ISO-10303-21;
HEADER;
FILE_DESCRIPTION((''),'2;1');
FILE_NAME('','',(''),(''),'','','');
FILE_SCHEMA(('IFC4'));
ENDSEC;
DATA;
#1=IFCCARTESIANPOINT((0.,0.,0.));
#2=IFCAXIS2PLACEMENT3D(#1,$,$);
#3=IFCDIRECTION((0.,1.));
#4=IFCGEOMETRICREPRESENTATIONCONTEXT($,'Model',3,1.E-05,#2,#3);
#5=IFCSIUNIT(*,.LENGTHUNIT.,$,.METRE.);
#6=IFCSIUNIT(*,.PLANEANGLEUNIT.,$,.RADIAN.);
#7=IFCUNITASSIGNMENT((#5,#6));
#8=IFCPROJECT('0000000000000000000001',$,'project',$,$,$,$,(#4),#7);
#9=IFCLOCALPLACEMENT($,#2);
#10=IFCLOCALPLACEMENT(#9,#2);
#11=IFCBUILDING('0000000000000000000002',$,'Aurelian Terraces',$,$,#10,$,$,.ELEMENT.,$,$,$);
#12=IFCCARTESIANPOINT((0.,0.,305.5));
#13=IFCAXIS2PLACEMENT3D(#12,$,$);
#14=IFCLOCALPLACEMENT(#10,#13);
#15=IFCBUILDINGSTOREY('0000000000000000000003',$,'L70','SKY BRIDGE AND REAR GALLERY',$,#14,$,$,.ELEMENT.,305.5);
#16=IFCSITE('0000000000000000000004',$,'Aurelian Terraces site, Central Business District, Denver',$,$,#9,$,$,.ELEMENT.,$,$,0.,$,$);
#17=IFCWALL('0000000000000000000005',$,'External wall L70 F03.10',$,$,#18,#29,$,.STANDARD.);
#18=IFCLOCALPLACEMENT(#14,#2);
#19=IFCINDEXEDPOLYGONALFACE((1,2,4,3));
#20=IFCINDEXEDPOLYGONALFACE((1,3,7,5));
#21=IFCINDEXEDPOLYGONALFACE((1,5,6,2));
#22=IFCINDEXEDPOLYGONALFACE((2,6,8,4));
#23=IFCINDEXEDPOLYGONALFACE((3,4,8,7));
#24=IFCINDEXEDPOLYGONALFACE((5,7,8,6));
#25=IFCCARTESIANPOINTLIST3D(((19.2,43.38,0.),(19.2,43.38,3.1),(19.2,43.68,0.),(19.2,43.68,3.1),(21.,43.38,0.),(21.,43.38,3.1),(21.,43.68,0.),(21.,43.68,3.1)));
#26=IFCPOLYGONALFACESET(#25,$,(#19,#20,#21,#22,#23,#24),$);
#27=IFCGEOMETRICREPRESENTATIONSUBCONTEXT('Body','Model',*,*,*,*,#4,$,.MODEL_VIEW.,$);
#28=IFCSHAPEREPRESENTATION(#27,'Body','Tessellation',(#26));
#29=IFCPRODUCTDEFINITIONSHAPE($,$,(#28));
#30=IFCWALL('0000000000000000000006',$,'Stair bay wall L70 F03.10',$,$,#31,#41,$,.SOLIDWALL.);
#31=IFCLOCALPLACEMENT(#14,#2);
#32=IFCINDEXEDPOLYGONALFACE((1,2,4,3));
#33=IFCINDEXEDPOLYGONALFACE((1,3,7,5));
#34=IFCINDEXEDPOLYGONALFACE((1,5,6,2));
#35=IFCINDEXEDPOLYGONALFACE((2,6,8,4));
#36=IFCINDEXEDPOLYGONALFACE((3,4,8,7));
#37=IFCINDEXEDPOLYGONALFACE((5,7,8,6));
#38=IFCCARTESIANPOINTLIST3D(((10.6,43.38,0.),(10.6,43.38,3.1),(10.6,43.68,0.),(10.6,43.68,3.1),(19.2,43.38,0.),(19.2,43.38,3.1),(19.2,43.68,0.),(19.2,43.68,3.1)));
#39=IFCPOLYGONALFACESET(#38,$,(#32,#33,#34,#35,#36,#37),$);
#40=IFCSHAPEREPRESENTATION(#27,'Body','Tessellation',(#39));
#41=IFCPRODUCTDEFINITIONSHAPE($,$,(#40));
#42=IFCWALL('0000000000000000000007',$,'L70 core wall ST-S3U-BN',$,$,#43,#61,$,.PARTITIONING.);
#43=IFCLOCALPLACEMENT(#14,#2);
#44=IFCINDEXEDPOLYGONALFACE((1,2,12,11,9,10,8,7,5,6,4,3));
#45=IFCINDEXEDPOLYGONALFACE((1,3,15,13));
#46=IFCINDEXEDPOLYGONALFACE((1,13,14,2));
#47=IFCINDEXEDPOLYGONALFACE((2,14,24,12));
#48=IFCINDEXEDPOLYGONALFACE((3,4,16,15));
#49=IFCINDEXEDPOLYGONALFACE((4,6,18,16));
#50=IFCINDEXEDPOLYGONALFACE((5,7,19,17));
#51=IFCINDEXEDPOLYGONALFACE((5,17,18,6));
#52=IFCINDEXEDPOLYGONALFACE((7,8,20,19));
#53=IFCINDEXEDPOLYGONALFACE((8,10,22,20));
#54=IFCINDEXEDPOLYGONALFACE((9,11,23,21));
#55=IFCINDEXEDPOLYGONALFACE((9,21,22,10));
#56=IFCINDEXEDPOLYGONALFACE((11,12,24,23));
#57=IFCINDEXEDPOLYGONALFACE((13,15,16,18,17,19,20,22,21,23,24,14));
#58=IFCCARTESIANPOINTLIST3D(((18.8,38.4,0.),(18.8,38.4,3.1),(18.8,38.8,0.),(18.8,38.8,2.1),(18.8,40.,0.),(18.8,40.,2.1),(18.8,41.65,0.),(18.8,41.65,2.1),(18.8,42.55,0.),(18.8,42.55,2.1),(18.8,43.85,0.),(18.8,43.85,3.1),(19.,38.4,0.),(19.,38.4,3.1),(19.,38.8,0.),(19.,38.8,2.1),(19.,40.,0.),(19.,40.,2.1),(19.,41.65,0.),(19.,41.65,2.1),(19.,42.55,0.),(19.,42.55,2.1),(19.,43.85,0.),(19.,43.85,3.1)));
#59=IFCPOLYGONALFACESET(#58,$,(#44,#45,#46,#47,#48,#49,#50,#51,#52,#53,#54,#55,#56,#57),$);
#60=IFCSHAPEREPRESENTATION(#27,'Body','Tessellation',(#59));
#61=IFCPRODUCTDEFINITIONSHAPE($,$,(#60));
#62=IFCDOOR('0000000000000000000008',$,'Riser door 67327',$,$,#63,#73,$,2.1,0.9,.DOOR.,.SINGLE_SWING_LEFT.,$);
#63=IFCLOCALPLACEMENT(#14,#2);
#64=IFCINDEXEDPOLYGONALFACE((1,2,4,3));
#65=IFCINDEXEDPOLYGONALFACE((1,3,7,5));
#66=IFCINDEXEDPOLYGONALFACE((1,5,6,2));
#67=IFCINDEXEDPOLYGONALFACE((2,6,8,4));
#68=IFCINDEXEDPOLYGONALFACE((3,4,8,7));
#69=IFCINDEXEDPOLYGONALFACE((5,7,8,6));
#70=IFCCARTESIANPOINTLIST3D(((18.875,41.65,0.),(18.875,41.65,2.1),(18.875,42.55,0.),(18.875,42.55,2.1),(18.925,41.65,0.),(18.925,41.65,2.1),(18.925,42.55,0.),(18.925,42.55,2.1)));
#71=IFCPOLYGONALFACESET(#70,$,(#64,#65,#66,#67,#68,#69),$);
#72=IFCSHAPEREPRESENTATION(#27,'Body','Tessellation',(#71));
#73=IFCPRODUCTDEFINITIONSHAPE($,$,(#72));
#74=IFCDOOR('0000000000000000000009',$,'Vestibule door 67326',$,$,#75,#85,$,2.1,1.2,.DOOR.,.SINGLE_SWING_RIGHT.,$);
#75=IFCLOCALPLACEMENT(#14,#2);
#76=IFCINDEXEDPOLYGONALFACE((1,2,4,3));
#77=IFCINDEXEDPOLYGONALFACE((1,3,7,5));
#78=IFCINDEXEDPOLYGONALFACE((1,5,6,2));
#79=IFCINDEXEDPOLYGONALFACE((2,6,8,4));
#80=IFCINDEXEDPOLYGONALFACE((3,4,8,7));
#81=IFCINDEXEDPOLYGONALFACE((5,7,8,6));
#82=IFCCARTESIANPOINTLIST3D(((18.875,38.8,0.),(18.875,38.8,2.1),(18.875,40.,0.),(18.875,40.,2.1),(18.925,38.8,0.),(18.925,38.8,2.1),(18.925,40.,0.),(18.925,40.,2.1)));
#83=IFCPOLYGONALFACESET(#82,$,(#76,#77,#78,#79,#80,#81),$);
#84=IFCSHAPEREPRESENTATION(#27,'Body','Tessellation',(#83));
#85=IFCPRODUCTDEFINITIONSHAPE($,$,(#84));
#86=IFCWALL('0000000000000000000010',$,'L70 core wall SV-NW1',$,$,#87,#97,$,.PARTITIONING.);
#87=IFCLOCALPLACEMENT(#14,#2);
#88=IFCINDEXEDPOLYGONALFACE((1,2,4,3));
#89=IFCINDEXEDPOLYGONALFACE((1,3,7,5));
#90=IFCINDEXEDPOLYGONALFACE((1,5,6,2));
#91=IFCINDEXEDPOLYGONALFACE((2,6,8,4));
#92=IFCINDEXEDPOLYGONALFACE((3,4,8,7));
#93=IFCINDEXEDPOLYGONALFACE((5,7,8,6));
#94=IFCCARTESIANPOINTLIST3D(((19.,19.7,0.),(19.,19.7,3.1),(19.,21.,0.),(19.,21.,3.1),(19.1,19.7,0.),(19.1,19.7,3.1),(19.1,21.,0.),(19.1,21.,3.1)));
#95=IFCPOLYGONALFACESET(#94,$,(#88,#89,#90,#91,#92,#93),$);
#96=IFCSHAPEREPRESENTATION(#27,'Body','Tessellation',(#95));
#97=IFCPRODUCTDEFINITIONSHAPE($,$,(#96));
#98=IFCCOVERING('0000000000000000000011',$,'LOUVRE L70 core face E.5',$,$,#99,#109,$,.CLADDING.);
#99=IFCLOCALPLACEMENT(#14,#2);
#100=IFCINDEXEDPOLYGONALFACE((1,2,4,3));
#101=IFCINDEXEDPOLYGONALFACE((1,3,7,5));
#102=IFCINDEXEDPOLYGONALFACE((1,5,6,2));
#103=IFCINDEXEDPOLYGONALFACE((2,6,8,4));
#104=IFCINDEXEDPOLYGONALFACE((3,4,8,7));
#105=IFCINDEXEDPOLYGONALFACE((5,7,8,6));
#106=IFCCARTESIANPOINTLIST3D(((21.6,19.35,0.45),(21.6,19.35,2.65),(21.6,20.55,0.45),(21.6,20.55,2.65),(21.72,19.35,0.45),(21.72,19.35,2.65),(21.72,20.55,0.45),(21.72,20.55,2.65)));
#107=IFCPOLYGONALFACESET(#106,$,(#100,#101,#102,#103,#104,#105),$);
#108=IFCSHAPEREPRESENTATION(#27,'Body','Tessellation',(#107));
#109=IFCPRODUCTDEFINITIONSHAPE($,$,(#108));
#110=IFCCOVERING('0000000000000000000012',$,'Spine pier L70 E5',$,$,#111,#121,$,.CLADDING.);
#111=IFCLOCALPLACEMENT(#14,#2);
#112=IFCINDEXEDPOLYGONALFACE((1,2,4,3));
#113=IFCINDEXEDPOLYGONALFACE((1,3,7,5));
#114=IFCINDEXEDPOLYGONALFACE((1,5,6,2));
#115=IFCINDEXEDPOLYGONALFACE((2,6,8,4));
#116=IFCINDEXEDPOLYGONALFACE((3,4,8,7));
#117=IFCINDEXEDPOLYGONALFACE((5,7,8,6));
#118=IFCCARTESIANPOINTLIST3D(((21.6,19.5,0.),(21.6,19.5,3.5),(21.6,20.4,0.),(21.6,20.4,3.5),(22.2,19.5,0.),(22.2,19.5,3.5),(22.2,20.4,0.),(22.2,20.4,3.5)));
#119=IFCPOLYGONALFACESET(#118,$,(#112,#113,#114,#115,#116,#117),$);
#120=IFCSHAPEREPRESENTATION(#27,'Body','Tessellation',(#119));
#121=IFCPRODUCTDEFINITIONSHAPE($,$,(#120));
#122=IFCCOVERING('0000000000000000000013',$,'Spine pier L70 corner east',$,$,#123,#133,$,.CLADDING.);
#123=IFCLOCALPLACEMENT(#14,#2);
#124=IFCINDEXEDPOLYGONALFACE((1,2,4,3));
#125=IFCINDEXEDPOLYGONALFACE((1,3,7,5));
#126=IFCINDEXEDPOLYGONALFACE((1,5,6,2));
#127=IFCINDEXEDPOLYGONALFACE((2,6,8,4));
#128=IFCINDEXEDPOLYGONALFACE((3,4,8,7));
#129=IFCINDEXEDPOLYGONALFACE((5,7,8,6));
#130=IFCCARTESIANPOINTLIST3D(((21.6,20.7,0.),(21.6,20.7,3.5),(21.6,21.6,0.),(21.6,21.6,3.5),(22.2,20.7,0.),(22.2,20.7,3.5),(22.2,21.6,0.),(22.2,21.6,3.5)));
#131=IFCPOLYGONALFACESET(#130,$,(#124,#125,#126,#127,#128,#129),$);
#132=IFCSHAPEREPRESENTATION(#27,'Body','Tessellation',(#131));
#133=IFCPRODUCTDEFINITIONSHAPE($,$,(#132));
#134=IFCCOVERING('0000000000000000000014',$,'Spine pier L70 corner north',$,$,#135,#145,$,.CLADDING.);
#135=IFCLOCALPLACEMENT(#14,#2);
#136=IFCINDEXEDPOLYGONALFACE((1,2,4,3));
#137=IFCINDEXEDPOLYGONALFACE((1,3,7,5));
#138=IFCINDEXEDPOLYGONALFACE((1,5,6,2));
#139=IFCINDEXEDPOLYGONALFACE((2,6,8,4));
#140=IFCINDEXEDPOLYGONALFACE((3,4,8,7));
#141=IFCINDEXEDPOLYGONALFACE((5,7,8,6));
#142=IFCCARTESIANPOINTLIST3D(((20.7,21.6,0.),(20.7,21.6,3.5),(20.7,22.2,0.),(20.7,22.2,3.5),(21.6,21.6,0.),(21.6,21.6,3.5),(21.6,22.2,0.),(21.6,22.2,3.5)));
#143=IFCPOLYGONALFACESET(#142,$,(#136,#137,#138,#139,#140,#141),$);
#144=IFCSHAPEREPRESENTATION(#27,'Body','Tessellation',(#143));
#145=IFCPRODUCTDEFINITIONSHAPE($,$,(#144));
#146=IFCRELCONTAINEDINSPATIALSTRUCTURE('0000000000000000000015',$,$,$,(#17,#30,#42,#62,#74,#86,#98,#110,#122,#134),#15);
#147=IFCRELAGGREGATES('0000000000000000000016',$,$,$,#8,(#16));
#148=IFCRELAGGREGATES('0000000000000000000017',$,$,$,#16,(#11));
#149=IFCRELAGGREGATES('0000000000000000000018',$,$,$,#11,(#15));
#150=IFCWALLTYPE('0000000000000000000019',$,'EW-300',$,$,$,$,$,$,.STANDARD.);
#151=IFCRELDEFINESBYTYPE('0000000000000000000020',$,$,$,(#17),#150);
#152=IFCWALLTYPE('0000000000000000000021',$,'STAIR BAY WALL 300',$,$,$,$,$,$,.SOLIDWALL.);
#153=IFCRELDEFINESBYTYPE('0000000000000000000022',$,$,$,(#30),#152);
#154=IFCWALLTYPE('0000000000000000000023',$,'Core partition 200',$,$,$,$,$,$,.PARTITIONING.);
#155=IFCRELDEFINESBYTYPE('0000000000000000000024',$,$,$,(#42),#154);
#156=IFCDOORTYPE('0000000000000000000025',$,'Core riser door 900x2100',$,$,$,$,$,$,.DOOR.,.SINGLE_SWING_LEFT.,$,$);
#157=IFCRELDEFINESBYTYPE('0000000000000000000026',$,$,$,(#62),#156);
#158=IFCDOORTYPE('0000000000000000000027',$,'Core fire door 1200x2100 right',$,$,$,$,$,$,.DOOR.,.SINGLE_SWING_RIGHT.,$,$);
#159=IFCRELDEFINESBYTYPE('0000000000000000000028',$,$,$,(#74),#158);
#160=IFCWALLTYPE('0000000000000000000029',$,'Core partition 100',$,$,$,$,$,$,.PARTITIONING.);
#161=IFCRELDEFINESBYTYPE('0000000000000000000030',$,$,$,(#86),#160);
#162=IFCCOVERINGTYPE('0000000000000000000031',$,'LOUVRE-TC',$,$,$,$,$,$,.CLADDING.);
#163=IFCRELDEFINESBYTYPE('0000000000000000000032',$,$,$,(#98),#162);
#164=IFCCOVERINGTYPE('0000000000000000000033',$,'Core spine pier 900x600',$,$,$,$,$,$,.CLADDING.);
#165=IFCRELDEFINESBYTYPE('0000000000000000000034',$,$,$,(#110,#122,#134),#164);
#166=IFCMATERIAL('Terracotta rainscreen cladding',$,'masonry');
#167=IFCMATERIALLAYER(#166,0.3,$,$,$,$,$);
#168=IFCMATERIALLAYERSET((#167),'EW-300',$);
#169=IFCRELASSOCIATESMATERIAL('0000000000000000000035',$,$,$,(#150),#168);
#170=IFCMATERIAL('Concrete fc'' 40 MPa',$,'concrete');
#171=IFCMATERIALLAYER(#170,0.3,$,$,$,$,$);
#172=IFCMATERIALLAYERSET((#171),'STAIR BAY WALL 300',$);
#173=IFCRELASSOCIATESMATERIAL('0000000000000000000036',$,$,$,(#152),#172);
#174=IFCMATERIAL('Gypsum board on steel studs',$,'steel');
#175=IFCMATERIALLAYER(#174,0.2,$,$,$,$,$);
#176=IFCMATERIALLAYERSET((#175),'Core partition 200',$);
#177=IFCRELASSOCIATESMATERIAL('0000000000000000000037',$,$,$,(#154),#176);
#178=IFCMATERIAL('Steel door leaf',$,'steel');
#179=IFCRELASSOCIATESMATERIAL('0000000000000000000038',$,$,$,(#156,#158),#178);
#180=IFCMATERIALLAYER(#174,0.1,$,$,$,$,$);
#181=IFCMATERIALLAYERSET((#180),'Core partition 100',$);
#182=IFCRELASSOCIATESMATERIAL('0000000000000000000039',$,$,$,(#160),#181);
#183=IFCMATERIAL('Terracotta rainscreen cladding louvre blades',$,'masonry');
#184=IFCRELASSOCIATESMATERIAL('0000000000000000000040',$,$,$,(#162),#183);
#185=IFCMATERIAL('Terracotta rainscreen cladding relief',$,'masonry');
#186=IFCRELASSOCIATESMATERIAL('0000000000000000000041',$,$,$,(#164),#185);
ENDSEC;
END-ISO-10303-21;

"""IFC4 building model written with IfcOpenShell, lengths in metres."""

from ifc_helpers import new_model, si_unit, direction, frame, frame_2d, origin, origin_2d, place, context, subcontext, project, spatial, rectangle, extrude, source, transform, mapped, material, layer, layer_set, type_object, element, fill, save


model = new_model("IFC4")

# Units and contexts
model_context = context("Model", 3, precision=1e-05, world=origin(), true_north=direction((0.0, 1.0)))
body_context = subcontext(model_context, "Body", "Model", "MODEL_VIEW")
ifc_project = project(units=[si_unit("LENGTHUNIT", "METRE"), si_unit("PLANEANGLEUNIT", "RADIAN")], contexts=[model_context])

# Site, building, storey
site_placement = place(None, origin())
site = spatial("IfcSite", under=ifc_project, at=site_placement, Name="Aurelian Terraces site, Central Business District, Denver", CompositionType="ELEMENT", RefElevation=0.0)
building_placement = place(site_placement, origin())
building = spatial("IfcBuilding", under=site, at=building_placement, Name="Aurelian Terraces", CompositionType="ELEMENT")
storey_placement = place(building_placement, frame((0.0, 0.0, 305.5)))
storey = spatial("IfcBuildingStorey", under=building, at=storey_placement, Name="L70", Description="SKY BRIDGE AND REAR GALLERY", CompositionType="ELEMENT", Elevation=305.5)

# Shared definitions
ifc_material_1 = material(Name="Terracotta rainscreen cladding", Category="masonry")
ifc_layer_1 = layer(ifc_material_1, 0.3)
ifc_layer_set_1 = layer_set([ifc_layer_1], Name="EW-300")
wall_type_1 = type_object("IfcWallType", Name="EW-300", PredefinedType="STANDARD", material=ifc_layer_set_1)

# Walls
shared_shape_1 = source(origin(), body_context, "Body", "SweptSolid", [
    extrude(rectangle(XDim=1.8, YDim=0.3, at=frame_2d((0.9, 0.0))), origin(), (0.0, 0.0, 1.0), 3.1),
])
wall_1_placement = place(storey_placement, frame((21.0, 43.53, 0.0), z_axis=(0.0, 0.0, 1.0), x_axis=(-1.0, 0.0, 0.0)))
element("IfcWall", 1, at=wall_1_placement, inside=storey, type_object=wall_type_1, Name="External wall L70 F03.10", PredefinedType="STANDARD", context=body_context, shape_type="MappedRepresentation", body=[
    mapped(shared_shape_1, transform((0.0, 0.0, 0.0), scale=1.0)),
])
ifc_material_2 = material(Name="Concrete fc' 40 MPa", Category="concrete")
ifc_layer_2 = layer(ifc_material_2, 0.3)
ifc_layer_set_2 = layer_set([ifc_layer_2], Name="STAIR BAY WALL 300")
wall_type_2 = type_object("IfcWallType", Name="STAIR BAY WALL 300", PredefinedType="SOLIDWALL", material=ifc_layer_set_2)
shared_shape_2 = source(origin(), body_context, "Body", "SweptSolid", [
    extrude(rectangle(XDim=8.6, YDim=0.3, at=frame_2d((4.3, 0.0))), origin(), (0.0, 0.0, 1.0), 3.1),
])
wall_2_placement = place(storey_placement, frame((19.2, 43.53, 0.0), z_axis=(0.0, 0.0, 1.0), x_axis=(-1.0, 0.0, 0.0)))
element("IfcWall", 2, at=wall_2_placement, inside=storey, type_object=wall_type_2, Name="Stair bay wall L70 F03.10", PredefinedType="SOLIDWALL", context=body_context, shape_type="MappedRepresentation", body=[
    mapped(shared_shape_2, transform((0.0, 0.0, 0.0), scale=1.0)),
])

# Wall, openings, doors
ifc_material_3 = material(Name="Gypsum board on steel studs", Category="steel")
ifc_layer_3 = layer(ifc_material_3, 0.2)
ifc_layer_set_3 = layer_set([ifc_layer_3], Name="Core partition 200")
wall_type_3 = type_object("IfcWallType", Name="Core partition 200", PredefinedType="PARTITIONING", material=ifc_layer_set_3)
shared_shape_3 = source(origin(), body_context, "Body", "SweptSolid", [
    extrude(rectangle(XDim=5.45, YDim=0.2, at=frame_2d((2.725, 0.0))), origin(), (0.0, 0.0, 1.0), 3.1),
])
wall_3_placement = place(storey_placement, frame((18.9, 38.4, 0.0), z_axis=(0.0, 0.0, 1.0), x_axis=(0.0, 1.0, 0.0)))
wall_3 = element("IfcWall", 3, at=wall_3_placement, inside=storey, type_object=wall_type_3, Name="L70 core wall ST-S3U-BN", PredefinedType="PARTITIONING", context=body_context, shape_type="MappedRepresentation", body=[
    mapped(shared_shape_3, transform((0.0, 0.0, 0.0), scale=1.0)),
])
shared_shape_4 = source(origin(), body_context, "Body", "SweptSolid", [
    extrude(rectangle(XDim=1.2, YDim=2.1, at=frame_2d((0.6, 1.05))), frame((0.0, 0.11, 0.0), z_axis=(0.0, -1.0, 0.0), x_axis=(1.0, 0.0, 0.0)), (0.0, 0.0, 1.0), 0.22),
])
opening_1_placement = place(wall_3_placement, frame((0.4, 0.0, 0.0)))
opening_1 = element("IfcOpeningElement", 4, at=opening_1_placement, cuts=wall_3, PredefinedType="OPENING", context=body_context, shape_type="MappedRepresentation", body=[
    mapped(shared_shape_4, transform((0.0, 0.0, 0.0), scale=1.0)),
])
shared_shape_5 = source(origin(), body_context, "Body", "SweptSolid", [
    extrude(rectangle(XDim=0.9, YDim=2.1, at=frame_2d((0.45, 1.05))), frame((0.0, 0.11, 0.0), z_axis=(0.0, -1.0, 0.0), x_axis=(1.0, 0.0, 0.0)), (0.0, 0.0, 1.0), 0.22),
])
opening_2_placement = place(wall_3_placement, frame((3.25, 0.0, 0.0)))
opening_2 = element("IfcOpeningElement", 5, at=opening_2_placement, cuts=wall_3, PredefinedType="OPENING", context=body_context, shape_type="MappedRepresentation", body=[
    mapped(shared_shape_5, transform((0.0, 0.0, 0.0), scale=1.0)),
])
ifc_material_4 = material(Name="Steel door leaf", Category="steel")
door_type_1 = type_object("IfcDoorType", Name="Core riser door 900x2100", OperationType="SINGLE_SWING_LEFT", PredefinedType="DOOR", material=ifc_material_4)
shared_shape_6 = source(origin(), body_context, "Body", "SweptSolid", [
    extrude(rectangle(XDim=0.9, YDim=2.1, at=frame_2d((0.45, 1.05))), frame((0.0, 0.025, 0.0), z_axis=(0.0, -1.0, 0.0), x_axis=(1.0, 0.0, 0.0)), (0.0, 0.0, 1.0), 0.05),
])
door_1_placement = place(opening_2_placement, origin())
door_1 = element("IfcDoor", 6, at=door_1_placement, inside=storey, type_object=door_type_1, Name="Riser door 67327", OperationType="SINGLE_SWING_LEFT", OverallHeight=2.1, OverallWidth=0.9, PredefinedType="DOOR", context=body_context, shape_type="MappedRepresentation", body=[
    mapped(shared_shape_6, transform((0.0, 0.0, 0.0), scale=1.0)),
])
fill(opening_2, door_1)
door_type_2 = type_object("IfcDoorType", Name="Core fire door 1200x2100 right", OperationType="SINGLE_SWING_RIGHT", PredefinedType="DOOR", material=ifc_material_4)
shared_shape_7 = source(origin(), body_context, "Body", "SweptSolid", [
    extrude(rectangle(XDim=1.2, YDim=2.1, at=frame_2d((0.6, 1.05))), frame((0.0, 0.025, 0.0), z_axis=(0.0, -1.0, 0.0), x_axis=(1.0, 0.0, 0.0)), (0.0, 0.0, 1.0), 0.05),
])
door_2_placement = place(opening_1_placement, origin())
door_2 = element("IfcDoor", 7, at=door_2_placement, inside=storey, type_object=door_type_2, Name="Vestibule door 67326", OperationType="SINGLE_SWING_RIGHT", OverallHeight=2.1, OverallWidth=1.2, PredefinedType="DOOR", context=body_context, shape_type="MappedRepresentation", body=[
    mapped(shared_shape_7, transform((0.0, 0.0, 0.0), scale=1.0)),
])
fill(opening_1, door_2)

# Wall
ifc_layer_4 = layer(ifc_material_3, 0.1)
ifc_layer_set_4 = layer_set([ifc_layer_4], Name="Core partition 100")
wall_type_4 = type_object("IfcWallType", Name="Core partition 100", PredefinedType="PARTITIONING", material=ifc_layer_set_4)
shared_shape_8 = source(origin(), body_context, "Body", "SweptSolid", [
    extrude(rectangle(XDim=1.3, YDim=0.1, at=frame_2d((0.65, 0.0))), origin(), (0.0, 0.0, 1.0), 3.1),
])
wall_4_placement = place(storey_placement, frame((19.05, 19.7, 0.0), z_axis=(0.0, 0.0, 1.0), x_axis=(0.0, 1.0, 0.0)))
element("IfcWall", 8, at=wall_4_placement, inside=storey, type_object=wall_type_4, Name="L70 core wall SV-NW1", PredefinedType="PARTITIONING", context=body_context, shape_type="MappedRepresentation", body=[
    mapped(shared_shape_8, transform((0.0, 0.0, 0.0), scale=1.0)),
])

# Coverings
ifc_material_5 = material(Name="Terracotta rainscreen cladding louvre blades", Category="masonry")
covering_type_1 = type_object("IfcCoveringType", Name="LOUVRE-TC", PredefinedType="CLADDING", material=ifc_material_5)
shared_shape_9 = source(origin(), body_context, "Body", "SweptSolid", [
    extrude(rectangle(XDim=0.12, YDim=1.2, at=origin_2d()), origin(), (0.0, 0.0, 1.0), 2.2),
])
covering_1_placement = place(storey_placement, frame((21.66, 19.95, 0.45), z_axis=(0.0, 0.0, 1.0), x_axis=(1.0, 0.0, 0.0)))
element("IfcCovering", 9, at=covering_1_placement, inside=storey, type_object=covering_type_1, Name="LOUVRE L70 core face E.5", PredefinedType="CLADDING", context=body_context, shape_type="MappedRepresentation", body=[
    mapped(shared_shape_9, transform((0.0, 0.0, 0.0), scale=1.0)),
])
ifc_material_6 = material(Name="Terracotta rainscreen cladding relief", Category="masonry")
covering_type_2 = type_object("IfcCoveringType", Name="Core spine pier 900x600", PredefinedType="CLADDING", material=ifc_material_6)
shared_shape_10 = source(origin(), body_context, "Body", "SweptSolid", [
    extrude(rectangle(XDim=0.6, YDim=0.9, at=origin_2d()), origin(), (0.0, 0.0, 1.0), 3.5),
])
for number, where, z_axis, x_axis, name in (
    (10, (21.9, 19.95, 0.0), (0.0, 0.0, 1.0), (1.0, 0.0, 0.0), "Spine pier L70 E5"),
    (11, (21.9, 21.15, 0.0), (0.0, 0.0, 1.0), (1.0, 0.0, 0.0), "Spine pier L70 corner east"),
):
    element("IfcCovering", number, at=place(storey_placement, frame(where, z_axis=z_axis, x_axis=x_axis)), inside=storey, type_object=covering_type_2, Name=name, PredefinedType="CLADDING", context=body_context, shape_type="MappedRepresentation", body=[
        mapped(shared_shape_10, transform((0.0, 0.0, 0.0), scale=1.0)),
    ])
shared_shape_11 = source(origin(), body_context, "Body", "SweptSolid", [
    extrude(rectangle(XDim=0.9, YDim=0.6, at=origin_2d()), origin(), (0.0, 0.0, 1.0), 3.5),
])
covering_2_placement = place(storey_placement, frame((21.15, 21.9, 0.0), z_axis=(0.0, 0.0, 1.0), x_axis=(1.0, 0.0, 0.0)))
element("IfcCovering", 12, at=covering_2_placement, inside=storey, type_object=covering_type_2, Name="Spine pier L70 corner north", PredefinedType="CLADDING", context=body_context, shape_type="MappedRepresentation", body=[
    mapped(shared_shape_11, transform((0.0, 0.0, 0.0), scale=1.0)),
])

save(model, "model.ifc")
